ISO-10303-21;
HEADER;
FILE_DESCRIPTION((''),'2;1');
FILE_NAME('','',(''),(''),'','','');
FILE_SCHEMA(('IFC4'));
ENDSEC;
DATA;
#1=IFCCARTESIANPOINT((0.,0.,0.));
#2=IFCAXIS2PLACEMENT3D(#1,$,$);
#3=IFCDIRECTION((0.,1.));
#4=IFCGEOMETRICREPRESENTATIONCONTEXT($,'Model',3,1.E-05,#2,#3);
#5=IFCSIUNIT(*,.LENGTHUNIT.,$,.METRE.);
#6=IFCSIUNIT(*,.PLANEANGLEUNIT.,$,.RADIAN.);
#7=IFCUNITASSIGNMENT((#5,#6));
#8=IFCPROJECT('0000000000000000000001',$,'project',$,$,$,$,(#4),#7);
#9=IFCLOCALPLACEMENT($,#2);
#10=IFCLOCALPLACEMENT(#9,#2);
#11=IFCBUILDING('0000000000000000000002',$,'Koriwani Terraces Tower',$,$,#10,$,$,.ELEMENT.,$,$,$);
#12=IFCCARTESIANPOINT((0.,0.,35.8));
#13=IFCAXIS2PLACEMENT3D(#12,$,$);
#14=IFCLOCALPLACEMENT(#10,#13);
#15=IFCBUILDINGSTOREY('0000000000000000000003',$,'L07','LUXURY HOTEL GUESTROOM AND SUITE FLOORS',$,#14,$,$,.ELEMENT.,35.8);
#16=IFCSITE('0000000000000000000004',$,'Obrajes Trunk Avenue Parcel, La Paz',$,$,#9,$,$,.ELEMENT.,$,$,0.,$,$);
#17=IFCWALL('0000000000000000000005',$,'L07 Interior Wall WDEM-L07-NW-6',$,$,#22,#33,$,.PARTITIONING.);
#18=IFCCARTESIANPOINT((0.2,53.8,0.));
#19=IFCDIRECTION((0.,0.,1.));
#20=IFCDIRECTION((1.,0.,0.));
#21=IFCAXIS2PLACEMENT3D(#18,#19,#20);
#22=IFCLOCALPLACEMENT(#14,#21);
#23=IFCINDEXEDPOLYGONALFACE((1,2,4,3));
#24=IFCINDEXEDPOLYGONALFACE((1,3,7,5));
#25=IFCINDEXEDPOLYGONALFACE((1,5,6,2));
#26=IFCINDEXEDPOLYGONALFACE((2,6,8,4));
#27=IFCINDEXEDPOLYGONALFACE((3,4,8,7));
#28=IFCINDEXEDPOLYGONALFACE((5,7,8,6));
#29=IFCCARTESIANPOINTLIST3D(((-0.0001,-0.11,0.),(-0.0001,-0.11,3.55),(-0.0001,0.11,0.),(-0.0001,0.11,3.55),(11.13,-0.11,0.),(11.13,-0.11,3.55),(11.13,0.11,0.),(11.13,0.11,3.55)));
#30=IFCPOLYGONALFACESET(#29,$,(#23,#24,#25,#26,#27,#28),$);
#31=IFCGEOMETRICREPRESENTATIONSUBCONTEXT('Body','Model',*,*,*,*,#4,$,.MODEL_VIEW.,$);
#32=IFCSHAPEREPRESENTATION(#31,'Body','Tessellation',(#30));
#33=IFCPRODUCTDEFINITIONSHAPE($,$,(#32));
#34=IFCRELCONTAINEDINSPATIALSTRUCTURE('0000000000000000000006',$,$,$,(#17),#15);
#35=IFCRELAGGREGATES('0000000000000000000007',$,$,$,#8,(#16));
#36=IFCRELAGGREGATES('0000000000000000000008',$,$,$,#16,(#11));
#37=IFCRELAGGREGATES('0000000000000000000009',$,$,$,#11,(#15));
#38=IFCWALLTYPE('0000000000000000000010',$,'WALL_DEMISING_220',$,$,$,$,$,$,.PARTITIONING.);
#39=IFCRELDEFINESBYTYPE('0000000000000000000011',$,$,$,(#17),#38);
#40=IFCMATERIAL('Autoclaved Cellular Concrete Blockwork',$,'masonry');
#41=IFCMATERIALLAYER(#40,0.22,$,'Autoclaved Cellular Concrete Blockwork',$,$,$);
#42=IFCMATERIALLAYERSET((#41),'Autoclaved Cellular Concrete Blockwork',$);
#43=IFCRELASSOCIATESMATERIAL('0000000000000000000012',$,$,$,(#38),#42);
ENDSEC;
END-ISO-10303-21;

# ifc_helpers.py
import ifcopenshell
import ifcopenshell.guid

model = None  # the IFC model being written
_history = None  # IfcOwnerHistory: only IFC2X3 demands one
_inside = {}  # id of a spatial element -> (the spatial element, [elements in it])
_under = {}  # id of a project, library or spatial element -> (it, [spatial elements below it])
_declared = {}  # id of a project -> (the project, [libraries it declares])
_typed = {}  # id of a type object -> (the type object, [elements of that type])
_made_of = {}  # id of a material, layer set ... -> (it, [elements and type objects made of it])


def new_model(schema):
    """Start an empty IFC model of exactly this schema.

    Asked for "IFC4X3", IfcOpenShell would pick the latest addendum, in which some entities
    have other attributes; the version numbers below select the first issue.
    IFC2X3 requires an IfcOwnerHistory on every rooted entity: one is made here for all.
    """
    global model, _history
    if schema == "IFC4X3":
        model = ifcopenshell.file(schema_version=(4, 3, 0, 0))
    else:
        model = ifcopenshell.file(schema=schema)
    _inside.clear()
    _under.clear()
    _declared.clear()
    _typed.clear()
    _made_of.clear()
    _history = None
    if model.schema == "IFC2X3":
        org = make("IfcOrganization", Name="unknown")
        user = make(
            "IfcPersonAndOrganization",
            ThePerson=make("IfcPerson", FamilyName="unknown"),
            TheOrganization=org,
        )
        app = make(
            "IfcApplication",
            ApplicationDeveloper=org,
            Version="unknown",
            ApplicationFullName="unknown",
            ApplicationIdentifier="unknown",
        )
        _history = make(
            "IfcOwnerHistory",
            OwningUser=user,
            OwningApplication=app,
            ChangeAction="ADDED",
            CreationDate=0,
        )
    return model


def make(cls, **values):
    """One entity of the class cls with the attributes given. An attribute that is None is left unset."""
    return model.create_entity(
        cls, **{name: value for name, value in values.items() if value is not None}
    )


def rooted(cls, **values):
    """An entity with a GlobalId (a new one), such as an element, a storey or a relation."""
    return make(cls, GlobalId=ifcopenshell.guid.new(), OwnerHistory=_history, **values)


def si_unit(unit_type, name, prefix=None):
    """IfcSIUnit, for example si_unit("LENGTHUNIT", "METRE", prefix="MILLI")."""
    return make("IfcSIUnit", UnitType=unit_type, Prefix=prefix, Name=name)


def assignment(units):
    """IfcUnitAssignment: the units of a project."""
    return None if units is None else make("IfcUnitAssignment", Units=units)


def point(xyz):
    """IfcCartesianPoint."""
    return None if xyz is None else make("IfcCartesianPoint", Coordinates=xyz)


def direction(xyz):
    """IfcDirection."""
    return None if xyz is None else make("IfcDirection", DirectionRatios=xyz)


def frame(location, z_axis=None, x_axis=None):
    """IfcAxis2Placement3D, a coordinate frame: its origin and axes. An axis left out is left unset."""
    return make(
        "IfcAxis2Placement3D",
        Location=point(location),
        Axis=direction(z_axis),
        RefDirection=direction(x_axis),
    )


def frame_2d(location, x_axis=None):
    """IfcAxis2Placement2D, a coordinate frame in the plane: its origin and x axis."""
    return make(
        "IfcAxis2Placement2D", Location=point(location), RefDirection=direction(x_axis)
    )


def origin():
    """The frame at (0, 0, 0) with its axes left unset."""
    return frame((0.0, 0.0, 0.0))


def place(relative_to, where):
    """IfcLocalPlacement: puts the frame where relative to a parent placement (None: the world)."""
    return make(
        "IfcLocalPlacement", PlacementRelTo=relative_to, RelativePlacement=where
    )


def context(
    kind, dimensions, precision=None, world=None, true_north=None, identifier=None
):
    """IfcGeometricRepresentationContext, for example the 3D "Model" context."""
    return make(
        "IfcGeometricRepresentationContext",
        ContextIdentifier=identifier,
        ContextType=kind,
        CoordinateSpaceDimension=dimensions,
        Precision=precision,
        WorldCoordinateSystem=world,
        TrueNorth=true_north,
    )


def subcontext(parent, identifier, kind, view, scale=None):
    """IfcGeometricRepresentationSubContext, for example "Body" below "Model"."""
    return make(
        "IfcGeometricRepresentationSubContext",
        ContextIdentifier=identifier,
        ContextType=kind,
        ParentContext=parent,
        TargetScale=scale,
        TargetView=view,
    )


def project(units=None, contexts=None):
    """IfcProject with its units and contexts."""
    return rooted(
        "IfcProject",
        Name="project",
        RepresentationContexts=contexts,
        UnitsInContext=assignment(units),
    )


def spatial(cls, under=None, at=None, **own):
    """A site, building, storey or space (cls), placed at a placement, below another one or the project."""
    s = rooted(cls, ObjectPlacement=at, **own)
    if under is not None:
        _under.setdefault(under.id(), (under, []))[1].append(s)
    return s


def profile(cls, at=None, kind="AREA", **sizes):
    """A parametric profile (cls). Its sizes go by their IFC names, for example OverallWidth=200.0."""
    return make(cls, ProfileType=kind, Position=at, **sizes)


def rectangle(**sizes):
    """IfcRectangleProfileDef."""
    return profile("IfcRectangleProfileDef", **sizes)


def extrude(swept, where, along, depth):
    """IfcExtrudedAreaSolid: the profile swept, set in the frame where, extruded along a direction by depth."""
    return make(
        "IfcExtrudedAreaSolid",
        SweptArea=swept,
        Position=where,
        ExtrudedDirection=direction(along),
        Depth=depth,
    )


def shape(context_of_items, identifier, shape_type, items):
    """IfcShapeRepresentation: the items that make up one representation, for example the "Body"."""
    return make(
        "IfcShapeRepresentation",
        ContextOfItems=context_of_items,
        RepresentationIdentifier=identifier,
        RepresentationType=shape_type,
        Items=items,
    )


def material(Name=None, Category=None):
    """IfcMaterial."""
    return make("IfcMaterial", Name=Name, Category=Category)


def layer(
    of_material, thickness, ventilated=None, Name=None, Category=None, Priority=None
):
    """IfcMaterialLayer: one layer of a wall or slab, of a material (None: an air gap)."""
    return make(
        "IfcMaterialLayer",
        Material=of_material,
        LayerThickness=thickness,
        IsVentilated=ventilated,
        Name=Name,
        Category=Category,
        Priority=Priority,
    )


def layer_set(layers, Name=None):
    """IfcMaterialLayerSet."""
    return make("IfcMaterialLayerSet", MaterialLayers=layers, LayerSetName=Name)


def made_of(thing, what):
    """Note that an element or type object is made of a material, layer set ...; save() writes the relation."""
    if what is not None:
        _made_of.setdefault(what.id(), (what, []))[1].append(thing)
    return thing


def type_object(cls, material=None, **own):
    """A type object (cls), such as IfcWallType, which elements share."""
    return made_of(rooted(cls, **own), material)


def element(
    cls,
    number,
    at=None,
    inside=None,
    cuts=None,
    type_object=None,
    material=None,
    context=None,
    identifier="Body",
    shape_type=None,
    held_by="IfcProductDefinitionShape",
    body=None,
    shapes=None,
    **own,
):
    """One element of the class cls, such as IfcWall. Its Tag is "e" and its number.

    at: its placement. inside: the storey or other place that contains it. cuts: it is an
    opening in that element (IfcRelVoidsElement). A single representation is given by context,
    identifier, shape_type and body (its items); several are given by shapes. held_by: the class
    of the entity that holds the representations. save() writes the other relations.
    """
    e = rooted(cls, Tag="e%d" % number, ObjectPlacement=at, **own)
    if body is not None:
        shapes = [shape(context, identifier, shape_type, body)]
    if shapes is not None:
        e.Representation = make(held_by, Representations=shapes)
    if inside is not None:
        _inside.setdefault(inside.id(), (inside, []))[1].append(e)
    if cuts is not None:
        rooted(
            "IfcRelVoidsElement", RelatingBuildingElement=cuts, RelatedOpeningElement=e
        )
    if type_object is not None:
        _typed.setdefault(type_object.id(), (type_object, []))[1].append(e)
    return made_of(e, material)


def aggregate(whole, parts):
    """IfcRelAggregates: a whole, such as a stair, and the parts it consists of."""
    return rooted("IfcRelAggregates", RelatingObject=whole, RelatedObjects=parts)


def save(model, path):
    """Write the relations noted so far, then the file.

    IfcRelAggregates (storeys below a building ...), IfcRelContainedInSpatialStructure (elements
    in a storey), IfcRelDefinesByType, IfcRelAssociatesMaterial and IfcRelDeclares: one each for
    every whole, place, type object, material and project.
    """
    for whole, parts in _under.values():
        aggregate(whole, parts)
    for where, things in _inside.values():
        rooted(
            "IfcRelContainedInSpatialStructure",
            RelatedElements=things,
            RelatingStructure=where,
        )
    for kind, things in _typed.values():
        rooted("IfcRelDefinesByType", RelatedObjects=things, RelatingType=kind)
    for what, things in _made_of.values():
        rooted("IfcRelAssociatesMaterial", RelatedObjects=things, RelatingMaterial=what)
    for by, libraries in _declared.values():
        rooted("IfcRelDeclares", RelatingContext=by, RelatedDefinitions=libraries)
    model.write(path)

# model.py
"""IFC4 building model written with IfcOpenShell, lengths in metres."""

from ifc_helpers import new_model, si_unit, direction, frame, frame_2d, origin, place, context, subcontext, project, spatial, rectangle, extrude, material, layer, layer_set, type_object, element, save


model = new_model("IFC4")

# Units and contexts
model_context = context("Model", 3, precision=1e-05, world=origin(), true_north=direction((0.0, 1.0)))
body_context = subcontext(model_context, "Body", "Model", "MODEL_VIEW")
ifc_project = project(units=[si_unit("LENGTHUNIT", "METRE"), si_unit("PLANEANGLEUNIT", "RADIAN")], contexts=[model_context])

# Site, building, storey
site_placement = place(None, origin())
site = spatial("IfcSite", under=ifc_project, at=site_placement, Name="Obrajes Trunk Avenue Parcel, La Paz", CompositionType="ELEMENT", RefElevation=0.0)
building_placement = place(site_placement, origin())
building = spatial("IfcBuilding", under=site, at=building_placement, Name="Koriwani Terraces Tower", CompositionType="ELEMENT")
storey_placement = place(building_placement, frame((0.0, 0.0, 35.8)))
storey = spatial("IfcBuildingStorey", under=building, at=storey_placement, Name="L07", Description="LUXURY HOTEL GUESTROOM AND SUITE FLOORS", CompositionType="ELEMENT", Elevation=35.8)

# Wall
ifc_material_1 = material(Name="Autoclaved Cellular Concrete Blockwork", Category="masonry")
ifc_layer_1 = layer(ifc_material_1, 0.22, Name="Autoclaved Cellular Concrete Blockwork")
ifc_layer_set_1 = layer_set([ifc_layer_1], Name="Autoclaved Cellular Concrete Blockwork")
wall_type_1 = type_object("IfcWallType", Name="WALL_DEMISING_220", PredefinedType="PARTITIONING", material=ifc_layer_set_1)
wall_1_placement = place(storey_placement, frame((0.2, 53.8, 0.0), z_axis=(0.0, 0.0, 1.0), x_axis=(1.0, 0.0, 0.0)))
element("IfcWall", 1, at=wall_1_placement, inside=storey, type_object=wall_type_1, Name="L07 Interior Wall WDEM-L07-NW-6", PredefinedType="PARTITIONING", context=body_context, shape_type="SweptSolid", body=[
    extrude(rectangle(XDim=11.1301, YDim=0.22, at=frame_2d((5.5649, 0.0))), origin(), (0.0, 0.0, 1.0), 3.55),
])

save(model, "model.ifc")
